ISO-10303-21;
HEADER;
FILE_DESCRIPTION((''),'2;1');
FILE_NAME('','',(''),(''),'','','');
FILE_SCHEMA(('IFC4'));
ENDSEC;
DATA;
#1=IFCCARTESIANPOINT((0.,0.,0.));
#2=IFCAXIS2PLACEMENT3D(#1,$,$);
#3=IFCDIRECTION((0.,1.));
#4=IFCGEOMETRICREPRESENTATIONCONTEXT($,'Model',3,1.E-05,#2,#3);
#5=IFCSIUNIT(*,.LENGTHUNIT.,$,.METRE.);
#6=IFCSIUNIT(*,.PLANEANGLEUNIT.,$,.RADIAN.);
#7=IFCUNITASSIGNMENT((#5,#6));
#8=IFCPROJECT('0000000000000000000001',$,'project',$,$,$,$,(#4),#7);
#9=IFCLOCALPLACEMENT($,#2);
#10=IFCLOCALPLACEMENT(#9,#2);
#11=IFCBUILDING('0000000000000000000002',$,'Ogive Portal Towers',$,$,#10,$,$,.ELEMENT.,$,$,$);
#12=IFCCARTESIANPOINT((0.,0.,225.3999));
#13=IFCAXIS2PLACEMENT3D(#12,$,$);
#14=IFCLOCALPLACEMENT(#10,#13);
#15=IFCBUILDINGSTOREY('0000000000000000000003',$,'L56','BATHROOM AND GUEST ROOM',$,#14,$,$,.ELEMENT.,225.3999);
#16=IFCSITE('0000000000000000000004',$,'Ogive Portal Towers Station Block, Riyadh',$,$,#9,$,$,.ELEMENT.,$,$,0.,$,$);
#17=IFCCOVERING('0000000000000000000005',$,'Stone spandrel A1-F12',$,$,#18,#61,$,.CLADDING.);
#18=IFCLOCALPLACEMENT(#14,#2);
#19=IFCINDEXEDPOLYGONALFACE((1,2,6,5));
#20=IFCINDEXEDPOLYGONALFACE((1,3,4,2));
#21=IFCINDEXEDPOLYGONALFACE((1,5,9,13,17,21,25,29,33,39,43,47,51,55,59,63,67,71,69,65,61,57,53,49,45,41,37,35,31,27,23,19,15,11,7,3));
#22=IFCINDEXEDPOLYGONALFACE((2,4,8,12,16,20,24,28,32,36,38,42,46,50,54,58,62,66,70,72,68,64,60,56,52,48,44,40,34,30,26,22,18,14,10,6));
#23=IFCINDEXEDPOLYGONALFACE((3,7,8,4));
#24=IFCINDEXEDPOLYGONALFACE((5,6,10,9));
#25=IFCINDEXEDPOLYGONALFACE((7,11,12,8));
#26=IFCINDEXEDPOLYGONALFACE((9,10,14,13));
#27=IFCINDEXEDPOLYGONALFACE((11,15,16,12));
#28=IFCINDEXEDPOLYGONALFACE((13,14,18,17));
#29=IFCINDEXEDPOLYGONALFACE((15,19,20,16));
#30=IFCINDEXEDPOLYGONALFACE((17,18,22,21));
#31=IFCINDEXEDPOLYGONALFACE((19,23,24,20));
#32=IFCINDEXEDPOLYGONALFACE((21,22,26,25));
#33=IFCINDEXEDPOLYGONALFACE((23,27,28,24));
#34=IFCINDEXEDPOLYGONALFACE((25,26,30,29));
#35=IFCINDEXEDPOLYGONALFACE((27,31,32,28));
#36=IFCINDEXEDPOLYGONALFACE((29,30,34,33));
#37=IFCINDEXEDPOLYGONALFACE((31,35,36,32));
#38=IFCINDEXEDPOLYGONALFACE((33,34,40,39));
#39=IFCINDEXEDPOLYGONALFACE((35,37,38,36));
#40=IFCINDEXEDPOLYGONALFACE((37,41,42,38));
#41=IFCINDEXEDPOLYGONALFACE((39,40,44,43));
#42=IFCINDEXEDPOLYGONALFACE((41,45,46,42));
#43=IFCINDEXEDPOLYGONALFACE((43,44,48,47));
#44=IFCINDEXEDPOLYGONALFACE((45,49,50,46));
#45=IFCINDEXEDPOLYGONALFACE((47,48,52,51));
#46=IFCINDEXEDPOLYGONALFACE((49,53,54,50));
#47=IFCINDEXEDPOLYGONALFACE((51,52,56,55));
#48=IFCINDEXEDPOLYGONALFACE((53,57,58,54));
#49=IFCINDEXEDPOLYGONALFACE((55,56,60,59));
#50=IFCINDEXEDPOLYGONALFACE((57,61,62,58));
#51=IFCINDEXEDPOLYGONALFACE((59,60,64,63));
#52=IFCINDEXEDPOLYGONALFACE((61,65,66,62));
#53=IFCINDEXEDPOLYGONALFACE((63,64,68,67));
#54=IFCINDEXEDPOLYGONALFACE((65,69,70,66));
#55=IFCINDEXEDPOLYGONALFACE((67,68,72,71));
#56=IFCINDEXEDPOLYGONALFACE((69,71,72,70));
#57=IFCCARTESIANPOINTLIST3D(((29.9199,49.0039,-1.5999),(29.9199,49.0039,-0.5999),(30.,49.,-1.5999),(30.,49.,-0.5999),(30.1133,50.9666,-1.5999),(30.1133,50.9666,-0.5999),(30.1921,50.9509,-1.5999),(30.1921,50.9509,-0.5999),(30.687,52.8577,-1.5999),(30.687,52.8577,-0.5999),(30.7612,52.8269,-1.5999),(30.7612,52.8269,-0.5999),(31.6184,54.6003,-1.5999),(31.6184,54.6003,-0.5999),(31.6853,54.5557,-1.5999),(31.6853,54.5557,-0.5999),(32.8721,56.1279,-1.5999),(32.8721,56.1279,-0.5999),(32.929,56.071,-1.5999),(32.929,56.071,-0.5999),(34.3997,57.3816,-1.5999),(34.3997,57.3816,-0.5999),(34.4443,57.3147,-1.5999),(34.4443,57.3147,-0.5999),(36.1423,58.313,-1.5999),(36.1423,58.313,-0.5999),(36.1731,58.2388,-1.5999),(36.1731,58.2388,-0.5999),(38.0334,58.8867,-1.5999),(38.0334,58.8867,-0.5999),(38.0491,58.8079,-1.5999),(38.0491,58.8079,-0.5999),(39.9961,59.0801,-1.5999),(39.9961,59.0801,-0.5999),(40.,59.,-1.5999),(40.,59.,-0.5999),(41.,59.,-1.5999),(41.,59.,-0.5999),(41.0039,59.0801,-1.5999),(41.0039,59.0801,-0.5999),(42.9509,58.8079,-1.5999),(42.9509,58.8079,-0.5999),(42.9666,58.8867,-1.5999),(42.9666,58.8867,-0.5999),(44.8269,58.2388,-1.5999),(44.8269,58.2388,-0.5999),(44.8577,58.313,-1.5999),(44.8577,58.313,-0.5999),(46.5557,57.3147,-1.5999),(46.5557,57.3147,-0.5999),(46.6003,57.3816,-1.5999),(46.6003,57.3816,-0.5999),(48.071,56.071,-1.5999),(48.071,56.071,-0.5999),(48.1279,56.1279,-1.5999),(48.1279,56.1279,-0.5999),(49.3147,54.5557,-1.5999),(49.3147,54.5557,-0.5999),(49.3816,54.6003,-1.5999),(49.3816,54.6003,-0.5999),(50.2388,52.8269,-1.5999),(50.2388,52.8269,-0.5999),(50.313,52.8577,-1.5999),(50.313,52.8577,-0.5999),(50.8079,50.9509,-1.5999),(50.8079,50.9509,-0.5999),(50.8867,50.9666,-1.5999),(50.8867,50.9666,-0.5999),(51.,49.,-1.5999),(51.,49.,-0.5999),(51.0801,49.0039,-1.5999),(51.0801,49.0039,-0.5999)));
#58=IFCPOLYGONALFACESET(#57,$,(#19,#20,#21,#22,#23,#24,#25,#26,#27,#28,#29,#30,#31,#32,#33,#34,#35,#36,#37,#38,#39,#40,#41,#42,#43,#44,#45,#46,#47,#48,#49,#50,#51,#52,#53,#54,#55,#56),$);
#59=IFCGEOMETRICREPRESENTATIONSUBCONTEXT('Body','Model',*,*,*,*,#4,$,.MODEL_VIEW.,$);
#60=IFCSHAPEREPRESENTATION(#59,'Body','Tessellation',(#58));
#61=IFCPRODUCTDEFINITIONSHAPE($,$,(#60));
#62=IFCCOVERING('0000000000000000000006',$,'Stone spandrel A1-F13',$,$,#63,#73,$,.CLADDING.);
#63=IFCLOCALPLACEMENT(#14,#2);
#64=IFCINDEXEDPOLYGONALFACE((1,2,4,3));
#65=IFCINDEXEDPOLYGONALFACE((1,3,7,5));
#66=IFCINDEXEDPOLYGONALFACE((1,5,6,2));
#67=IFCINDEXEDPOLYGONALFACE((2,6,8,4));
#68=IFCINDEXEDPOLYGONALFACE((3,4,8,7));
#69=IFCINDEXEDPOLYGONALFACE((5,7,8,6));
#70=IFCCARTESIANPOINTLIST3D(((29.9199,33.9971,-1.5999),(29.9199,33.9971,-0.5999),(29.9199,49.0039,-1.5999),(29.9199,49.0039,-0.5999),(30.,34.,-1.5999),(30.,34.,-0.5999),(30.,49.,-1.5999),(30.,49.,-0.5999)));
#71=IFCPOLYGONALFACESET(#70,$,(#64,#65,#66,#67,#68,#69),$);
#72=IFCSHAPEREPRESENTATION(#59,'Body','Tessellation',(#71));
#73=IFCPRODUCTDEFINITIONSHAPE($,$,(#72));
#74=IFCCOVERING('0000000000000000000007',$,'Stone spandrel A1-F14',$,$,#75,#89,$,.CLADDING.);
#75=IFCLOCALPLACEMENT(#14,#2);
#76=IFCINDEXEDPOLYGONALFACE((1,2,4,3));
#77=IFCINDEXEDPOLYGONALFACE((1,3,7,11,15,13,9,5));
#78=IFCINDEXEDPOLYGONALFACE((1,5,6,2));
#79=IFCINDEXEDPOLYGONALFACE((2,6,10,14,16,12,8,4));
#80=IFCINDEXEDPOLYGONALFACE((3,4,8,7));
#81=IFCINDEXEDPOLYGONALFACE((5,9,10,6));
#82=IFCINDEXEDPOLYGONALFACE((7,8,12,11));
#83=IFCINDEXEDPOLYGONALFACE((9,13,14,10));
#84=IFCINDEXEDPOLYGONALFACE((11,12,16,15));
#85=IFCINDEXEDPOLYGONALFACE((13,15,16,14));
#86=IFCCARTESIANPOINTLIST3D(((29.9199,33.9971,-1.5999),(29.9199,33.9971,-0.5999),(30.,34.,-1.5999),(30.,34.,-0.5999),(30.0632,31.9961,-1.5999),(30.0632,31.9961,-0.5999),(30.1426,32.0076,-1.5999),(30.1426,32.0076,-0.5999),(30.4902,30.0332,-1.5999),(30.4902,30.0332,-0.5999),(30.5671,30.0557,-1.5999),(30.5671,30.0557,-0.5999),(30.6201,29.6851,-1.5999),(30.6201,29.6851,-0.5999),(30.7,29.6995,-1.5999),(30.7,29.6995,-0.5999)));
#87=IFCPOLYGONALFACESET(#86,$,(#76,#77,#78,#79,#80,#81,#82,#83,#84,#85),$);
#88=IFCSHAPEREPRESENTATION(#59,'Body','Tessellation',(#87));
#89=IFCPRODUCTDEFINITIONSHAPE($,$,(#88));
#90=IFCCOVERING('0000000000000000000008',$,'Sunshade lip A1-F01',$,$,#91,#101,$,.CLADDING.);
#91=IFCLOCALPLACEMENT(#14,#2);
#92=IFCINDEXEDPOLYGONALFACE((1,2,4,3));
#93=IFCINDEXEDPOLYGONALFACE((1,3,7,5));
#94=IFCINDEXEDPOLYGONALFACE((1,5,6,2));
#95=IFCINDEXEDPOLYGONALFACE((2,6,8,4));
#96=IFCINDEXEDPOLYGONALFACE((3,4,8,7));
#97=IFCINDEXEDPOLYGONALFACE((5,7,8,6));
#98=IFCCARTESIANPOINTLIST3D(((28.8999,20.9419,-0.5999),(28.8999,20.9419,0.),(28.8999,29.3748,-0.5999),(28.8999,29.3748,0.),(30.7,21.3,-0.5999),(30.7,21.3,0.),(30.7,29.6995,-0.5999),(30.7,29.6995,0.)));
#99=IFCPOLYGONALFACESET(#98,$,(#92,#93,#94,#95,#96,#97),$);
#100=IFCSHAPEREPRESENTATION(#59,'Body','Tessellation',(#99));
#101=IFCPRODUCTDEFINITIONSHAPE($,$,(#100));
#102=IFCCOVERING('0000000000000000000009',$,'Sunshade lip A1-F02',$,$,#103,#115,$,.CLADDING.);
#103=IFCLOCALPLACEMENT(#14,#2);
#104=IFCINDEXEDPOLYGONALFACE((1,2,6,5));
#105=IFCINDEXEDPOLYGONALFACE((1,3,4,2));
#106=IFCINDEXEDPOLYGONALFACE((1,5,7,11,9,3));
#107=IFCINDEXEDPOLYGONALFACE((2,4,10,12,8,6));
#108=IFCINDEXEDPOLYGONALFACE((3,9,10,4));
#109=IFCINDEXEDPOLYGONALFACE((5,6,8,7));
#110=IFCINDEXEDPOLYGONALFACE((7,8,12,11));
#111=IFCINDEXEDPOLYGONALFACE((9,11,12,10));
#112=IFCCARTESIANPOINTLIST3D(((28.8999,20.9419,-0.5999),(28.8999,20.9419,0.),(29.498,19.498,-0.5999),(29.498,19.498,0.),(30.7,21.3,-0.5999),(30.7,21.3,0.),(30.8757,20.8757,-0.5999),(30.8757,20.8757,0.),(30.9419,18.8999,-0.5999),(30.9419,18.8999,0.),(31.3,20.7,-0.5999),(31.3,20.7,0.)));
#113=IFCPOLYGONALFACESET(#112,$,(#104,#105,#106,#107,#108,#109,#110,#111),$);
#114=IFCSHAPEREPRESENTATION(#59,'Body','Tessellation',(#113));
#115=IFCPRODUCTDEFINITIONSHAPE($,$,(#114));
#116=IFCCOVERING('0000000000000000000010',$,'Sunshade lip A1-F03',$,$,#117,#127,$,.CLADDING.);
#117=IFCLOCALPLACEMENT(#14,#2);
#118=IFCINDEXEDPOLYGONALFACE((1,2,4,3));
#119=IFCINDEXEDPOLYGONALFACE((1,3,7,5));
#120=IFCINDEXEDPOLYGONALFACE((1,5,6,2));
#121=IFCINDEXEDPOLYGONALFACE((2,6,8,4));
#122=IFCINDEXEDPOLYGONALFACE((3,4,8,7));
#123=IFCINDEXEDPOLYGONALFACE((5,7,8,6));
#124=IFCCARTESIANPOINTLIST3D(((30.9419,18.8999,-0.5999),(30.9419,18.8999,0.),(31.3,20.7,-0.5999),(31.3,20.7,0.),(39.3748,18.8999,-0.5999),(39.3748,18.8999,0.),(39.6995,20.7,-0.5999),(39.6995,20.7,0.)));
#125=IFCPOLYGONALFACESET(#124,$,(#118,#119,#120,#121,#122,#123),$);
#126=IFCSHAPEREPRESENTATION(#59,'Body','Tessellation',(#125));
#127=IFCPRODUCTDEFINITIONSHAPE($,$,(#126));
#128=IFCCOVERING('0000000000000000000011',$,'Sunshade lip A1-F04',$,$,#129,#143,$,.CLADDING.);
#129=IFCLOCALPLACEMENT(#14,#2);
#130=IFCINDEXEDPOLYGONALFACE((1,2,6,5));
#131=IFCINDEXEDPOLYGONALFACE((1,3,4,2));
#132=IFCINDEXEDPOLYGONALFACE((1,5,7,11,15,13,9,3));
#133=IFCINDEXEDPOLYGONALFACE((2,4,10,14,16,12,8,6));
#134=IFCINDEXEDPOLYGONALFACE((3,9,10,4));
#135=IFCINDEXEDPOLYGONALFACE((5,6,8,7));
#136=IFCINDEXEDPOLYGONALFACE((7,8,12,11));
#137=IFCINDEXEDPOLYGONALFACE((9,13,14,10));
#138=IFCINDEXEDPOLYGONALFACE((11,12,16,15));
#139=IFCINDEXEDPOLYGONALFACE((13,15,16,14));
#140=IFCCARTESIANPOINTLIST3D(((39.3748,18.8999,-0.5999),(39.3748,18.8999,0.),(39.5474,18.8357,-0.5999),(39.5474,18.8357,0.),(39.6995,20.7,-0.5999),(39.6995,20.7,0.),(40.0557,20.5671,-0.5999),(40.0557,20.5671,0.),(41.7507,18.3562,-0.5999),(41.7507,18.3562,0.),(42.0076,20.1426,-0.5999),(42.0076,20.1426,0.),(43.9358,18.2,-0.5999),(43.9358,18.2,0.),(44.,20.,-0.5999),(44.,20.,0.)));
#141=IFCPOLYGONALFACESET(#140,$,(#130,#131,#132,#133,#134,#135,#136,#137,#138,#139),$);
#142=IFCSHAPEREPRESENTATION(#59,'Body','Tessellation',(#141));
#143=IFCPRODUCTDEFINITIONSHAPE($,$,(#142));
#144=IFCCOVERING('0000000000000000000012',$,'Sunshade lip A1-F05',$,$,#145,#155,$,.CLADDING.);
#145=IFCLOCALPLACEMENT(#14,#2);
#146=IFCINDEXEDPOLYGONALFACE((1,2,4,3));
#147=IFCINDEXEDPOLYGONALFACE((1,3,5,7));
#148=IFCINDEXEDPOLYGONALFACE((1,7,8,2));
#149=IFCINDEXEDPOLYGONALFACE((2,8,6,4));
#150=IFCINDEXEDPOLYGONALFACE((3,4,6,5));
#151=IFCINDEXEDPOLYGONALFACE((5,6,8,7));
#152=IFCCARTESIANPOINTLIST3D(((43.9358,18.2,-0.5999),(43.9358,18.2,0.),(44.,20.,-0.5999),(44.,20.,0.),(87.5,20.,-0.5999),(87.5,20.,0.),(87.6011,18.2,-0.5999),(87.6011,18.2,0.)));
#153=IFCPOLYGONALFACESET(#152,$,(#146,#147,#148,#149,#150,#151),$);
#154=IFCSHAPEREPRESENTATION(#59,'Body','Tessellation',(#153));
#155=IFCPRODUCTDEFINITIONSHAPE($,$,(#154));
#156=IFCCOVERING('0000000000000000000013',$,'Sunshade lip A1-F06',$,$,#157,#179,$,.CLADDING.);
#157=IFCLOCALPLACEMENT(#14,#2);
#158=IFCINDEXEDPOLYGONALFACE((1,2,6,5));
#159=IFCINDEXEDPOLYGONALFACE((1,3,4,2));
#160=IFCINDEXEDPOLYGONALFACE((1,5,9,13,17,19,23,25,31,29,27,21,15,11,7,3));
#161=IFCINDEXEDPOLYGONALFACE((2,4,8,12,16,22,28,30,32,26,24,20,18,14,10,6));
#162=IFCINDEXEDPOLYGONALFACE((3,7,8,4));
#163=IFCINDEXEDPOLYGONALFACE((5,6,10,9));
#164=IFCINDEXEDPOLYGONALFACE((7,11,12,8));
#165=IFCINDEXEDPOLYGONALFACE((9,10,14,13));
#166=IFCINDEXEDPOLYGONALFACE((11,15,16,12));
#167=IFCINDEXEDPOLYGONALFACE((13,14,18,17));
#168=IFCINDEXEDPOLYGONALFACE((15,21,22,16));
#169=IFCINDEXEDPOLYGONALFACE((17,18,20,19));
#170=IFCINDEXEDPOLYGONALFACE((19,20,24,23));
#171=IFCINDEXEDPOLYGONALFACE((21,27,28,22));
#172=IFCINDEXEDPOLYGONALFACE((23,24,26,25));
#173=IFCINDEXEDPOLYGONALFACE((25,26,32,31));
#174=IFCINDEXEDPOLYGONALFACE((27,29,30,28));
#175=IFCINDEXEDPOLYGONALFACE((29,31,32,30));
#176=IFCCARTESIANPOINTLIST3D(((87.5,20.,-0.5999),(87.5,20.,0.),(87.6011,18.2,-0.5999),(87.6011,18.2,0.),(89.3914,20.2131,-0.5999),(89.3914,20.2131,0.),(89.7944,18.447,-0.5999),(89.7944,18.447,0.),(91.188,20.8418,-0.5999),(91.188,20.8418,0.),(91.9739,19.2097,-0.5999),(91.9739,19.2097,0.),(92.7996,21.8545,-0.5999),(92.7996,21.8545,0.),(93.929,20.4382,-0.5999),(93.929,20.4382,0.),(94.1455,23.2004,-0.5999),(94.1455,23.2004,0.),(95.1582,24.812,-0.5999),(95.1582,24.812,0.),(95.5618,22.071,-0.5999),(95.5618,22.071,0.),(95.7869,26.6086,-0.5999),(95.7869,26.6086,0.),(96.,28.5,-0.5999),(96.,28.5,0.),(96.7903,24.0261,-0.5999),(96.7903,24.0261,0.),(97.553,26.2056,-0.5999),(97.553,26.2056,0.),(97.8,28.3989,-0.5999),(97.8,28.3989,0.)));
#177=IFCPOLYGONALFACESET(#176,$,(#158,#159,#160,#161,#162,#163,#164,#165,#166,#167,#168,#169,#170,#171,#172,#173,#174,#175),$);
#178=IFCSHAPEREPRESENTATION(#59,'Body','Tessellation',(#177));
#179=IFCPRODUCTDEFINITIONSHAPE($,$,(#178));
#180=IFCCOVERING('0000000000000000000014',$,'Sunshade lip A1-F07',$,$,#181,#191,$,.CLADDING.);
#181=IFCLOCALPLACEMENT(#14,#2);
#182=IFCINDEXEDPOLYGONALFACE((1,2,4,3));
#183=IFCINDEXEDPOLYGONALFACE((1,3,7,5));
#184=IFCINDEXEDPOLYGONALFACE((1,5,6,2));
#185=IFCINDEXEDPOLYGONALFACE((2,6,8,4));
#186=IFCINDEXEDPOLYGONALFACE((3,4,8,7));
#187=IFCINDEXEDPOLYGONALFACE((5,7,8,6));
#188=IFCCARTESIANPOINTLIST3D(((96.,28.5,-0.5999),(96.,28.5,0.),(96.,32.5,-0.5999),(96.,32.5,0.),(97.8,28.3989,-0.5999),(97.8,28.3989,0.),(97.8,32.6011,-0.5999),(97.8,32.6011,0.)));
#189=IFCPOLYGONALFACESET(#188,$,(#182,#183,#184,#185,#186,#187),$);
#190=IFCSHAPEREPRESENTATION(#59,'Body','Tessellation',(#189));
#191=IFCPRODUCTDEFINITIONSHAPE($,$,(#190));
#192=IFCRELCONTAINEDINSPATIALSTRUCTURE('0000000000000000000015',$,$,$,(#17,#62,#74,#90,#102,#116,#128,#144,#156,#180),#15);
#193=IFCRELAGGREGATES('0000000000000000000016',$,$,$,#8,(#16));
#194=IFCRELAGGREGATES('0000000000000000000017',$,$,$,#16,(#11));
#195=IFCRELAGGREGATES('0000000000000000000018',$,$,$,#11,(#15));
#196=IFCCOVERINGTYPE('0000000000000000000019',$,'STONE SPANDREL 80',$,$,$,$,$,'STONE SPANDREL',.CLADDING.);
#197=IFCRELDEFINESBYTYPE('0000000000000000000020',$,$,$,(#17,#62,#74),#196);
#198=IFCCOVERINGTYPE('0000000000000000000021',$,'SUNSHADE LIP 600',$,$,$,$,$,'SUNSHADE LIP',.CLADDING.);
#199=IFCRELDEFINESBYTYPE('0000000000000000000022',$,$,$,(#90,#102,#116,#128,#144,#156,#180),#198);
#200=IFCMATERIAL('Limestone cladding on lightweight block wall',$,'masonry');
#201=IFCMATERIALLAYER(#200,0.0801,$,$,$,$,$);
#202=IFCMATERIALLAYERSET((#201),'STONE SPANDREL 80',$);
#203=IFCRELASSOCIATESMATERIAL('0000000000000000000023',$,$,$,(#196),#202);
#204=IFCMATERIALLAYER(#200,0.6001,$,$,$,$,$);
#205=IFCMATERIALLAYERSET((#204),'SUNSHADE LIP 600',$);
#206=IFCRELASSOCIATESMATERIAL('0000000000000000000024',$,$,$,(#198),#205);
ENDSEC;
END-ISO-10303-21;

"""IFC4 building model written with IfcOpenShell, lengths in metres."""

from ifc_helpers import new_model, si_unit, direction, frame, origin, place, context, subcontext, project, spatial, polyline, outline, extrude, material, layer, layer_set, type_object, element, save


model = new_model("IFC4")

# Units and contexts
model_context = context("Model", 3, precision=1e-05, world=origin(), true_north=direction((0.0, 1.0)))
body_context = subcontext(model_context, "Body", "Model", "MODEL_VIEW")
ifc_project = project(units=[si_unit("LENGTHUNIT", "METRE"), si_unit("PLANEANGLEUNIT", "RADIAN")], contexts=[model_context])

# Site, building, storey
site_placement = place(None, origin())
site = spatial("IfcSite", under=ifc_project, at=site_placement, Name="Ogive Portal Towers Station Block, Riyadh", CompositionType="ELEMENT", RefElevation=0.0)
building_placement = place(site_placement, origin())
building = spatial("IfcBuilding", under=site, at=building_placement, Name="Ogive Portal Towers", CompositionType="ELEMENT")
storey_placement = place(building_placement, frame((0.0, 0.0, 225.3999)))
storey = spatial("IfcBuildingStorey", under=building, at=storey_placement, Name="L56", Description="BATHROOM AND GUEST ROOM", CompositionType="ELEMENT", Elevation=225.3999)

# Coverings
ifc_material_1 = material(Name="Limestone cladding on lightweight block wall", Category="masonry")
ifc_layer_1 = layer(ifc_material_1, 0.0801)
ifc_layer_set_1 = layer_set([ifc_layer_1], Name="STONE SPANDREL 80")
covering_type_1 = type_object("IfcCoveringType", Name="STONE SPANDREL 80", ElementType="STONE SPANDREL", PredefinedType="CLADDING", material=ifc_layer_set_1)
covering_1_placement = place(storey_placement, frame((0.0, 0.0, -1.5999)))
element("IfcCovering", 1, at=covering_1_placement, inside=storey, type_object=covering_type_1, Name="Stone spandrel A1-F12", PredefinedType="CLADDING", context=body_context, shape_type="SweptSolid", body=[
    extrude(outline(polyline([(51.0, 49.0), (50.8079, 50.9509), (50.2388, 52.8269), (49.3147, 54.5557), (48.071, 56.071), (46.5557, 57.3147), (44.8269, 58.2388), (42.9509, 58.8079), (41.0, 59.0), (40.0, 59.0), (38.0491, 58.8079), (36.1731, 58.2388), (34.4443, 57.3147), (32.929, 56.071), (31.6853, 54.5557), (30.7612, 52.8269), (30.1921, 50.9509), (30.0, 49.0), (29.9199, 49.0039), (30.1133, 50.9666), (30.687, 52.8577), (31.6184, 54.6003), (32.8721, 56.1279), (34.3997, 57.3816), (36.1423, 58.313), (38.0334, 58.8867), (39.9961, 59.0801), (41.0039, 59.0801), (42.9666, 58.8867), (44.8577, 58.313), (46.6003, 57.3816), (48.1279, 56.1279), (49.3816, 54.6003), (50.313, 52.8577), (50.8867, 50.9666), (51.0801, 49.0039), (51.0, 49.0)])), origin(), (0.0, 0.0, 1.0), 1.0),
])
covering_2_placement = place(storey_placement, frame((0.0, 0.0, -1.5999)))
element("IfcCovering", 2, at=covering_2_placement, inside=storey, type_object=covering_type_1, Name="Stone spandrel A1-F13", PredefinedType="CLADDING", context=body_context, shape_type="SweptSolid", body=[
    extrude(outline(polyline([(30.0, 49.0), (30.0, 34.0), (29.9199, 33.9971), (29.9199, 49.0039), (30.0, 49.0)])), origin(), (0.0, 0.0, 1.0), 1.0),
])
covering_3_placement = place(storey_placement, frame((0.0, 0.0, -1.5999)))
element("IfcCovering", 3, at=covering_3_placement, inside=storey, type_object=covering_type_1, Name="Stone spandrel A1-F14", PredefinedType="CLADDING", context=body_context, shape_type="SweptSolid", body=[
    extrude(outline(polyline([(30.0, 34.0), (30.1426, 32.0076), (30.5671, 30.0557), (30.7, 29.6995), (30.6201, 29.6851), (30.4902, 30.0332), (30.0632, 31.9961), (29.9199, 33.9971), (30.0, 34.0)])), origin(), (0.0, 0.0, 1.0), 1.0),
])
ifc_layer_2 = layer(ifc_material_1, 0.6001)
ifc_layer_set_2 = layer_set([ifc_layer_2], Name="SUNSHADE LIP 600")
covering_type_2 = type_object("IfcCoveringType", Name="SUNSHADE LIP 600", ElementType="SUNSHADE LIP", PredefinedType="CLADDING", material=ifc_layer_set_2)
covering_4_placement = place(storey_placement, frame((0.0, 0.0, -0.5999)))
element("IfcCovering", 4, at=covering_4_placement, inside=storey, type_object=covering_type_2, Name="Sunshade lip A1-F01", PredefinedType="CLADDING", context=body_context, shape_type="SweptSolid", body=[
    extrude(outline(polyline([(30.7, 29.6995), (30.7, 21.3), (28.8999, 20.9419), (28.8999, 29.3748), (30.7, 29.6995)])), origin(), (0.0, 0.0, 1.0), 0.5999),
])
covering_5_placement = place(storey_placement, frame((0.0, 0.0, -0.5999)))
element("IfcCovering", 5, at=covering_5_placement, inside=storey, type_object=covering_type_2, Name="Sunshade lip A1-F02", PredefinedType="CLADDING", context=body_context, shape_type="SweptSolid", body=[
    extrude(outline(polyline([(30.7, 21.3), (30.8757, 20.8757), (31.3, 20.7), (30.9419, 18.8999), (29.498, 19.498), (28.8999, 20.9419), (30.7, 21.3)])), origin(), (0.0, 0.0, 1.0), 0.5999),
])
covering_6_placement = place(storey_placement, frame((0.0, 0.0, -0.5999)))
element("IfcCovering", 6, at=covering_6_placement, inside=storey, type_object=covering_type_2, Name="Sunshade lip A1-F03", PredefinedType="CLADDING", context=body_context, shape_type="SweptSolid", body=[
    extrude(outline(polyline([(31.3, 20.7), (39.6995, 20.7), (39.3748, 18.8999), (30.9419, 18.8999), (31.3, 20.7)])), origin(), (0.0, 0.0, 1.0), 0.5999),
])
covering_7_placement = place(storey_placement, frame((0.0, 0.0, -0.5999)))
element("IfcCovering", 7, at=covering_7_placement, inside=storey, type_object=covering_type_2, Name="Sunshade lip A1-F04", PredefinedType="CLADDING", context=body_context, shape_type="SweptSolid", body=[
    extrude(outline(polyline([(39.6995, 20.7), (40.0557, 20.5671), (42.0076, 20.1426), (44.0, 20.0), (43.9358, 18.2), (41.7507, 18.3562), (39.5474, 18.8357), (39.3748, 18.8999), (39.6995, 20.7)])), origin(), (0.0, 0.0, 1.0), 0.5999),
])
covering_8_placement = place(storey_placement, frame((0.0, 0.0, -0.5999)))
element("IfcCovering", 8, at=covering_8_placement, inside=storey, type_object=covering_type_2, Name="Sunshade lip A1-F05", PredefinedType="CLADDING", context=body_context, shape_type="SweptSolid", body=[
    extrude(outline(polyline([(44.0, 20.0), (87.5, 20.0), (87.6011, 18.2), (43.9358, 18.2), (44.0, 20.0)])), origin(), (0.0, 0.0, 1.0), 0.5999),
])
covering_9_placement = place(storey_placement, frame((0.0, 0.0, -0.5999)))
element("IfcCovering", 9, at=covering_9_placement, inside=storey, type_object=covering_type_2, Name="Sunshade lip A1-F06", PredefinedType="CLADDING", context=body_context, shape_type="SweptSolid", body=[
    extrude(outline(polyline([(87.5, 20.0), (89.3914, 20.2131), (91.188, 20.8418), (92.7996, 21.8545), (94.1455, 23.2004), (95.1582, 24.812), (95.7869, 26.6086), (96.0, 28.5), (97.8, 28.3989), (97.553, 26.2056), (96.7903, 24.0261), (95.5618, 22.071), (93.929, 20.4382), (91.9739, 19.2097), (89.7944, 18.447), (87.6011, 18.2), (87.5, 20.0)])), origin(), (0.0, 0.0, 1.0), 0.5999),
])
covering_10_placement = place(storey_placement, frame((0.0, 0.0, -0.5999)))
element("IfcCovering", 10, at=covering_10_placement, inside=storey, type_object=covering_type_2, Name="Sunshade lip A1-F07", PredefinedType="CLADDING", context=body_context, shape_type="SweptSolid", body=[
    extrude(outline(polyline([(96.0, 28.5), (96.0, 32.5), (97.8, 32.6011), (97.8, 28.3989), (96.0, 28.5)])), origin(), (0.0, 0.0, 1.0), 0.5999),
])

save(model, "model.ifc")
